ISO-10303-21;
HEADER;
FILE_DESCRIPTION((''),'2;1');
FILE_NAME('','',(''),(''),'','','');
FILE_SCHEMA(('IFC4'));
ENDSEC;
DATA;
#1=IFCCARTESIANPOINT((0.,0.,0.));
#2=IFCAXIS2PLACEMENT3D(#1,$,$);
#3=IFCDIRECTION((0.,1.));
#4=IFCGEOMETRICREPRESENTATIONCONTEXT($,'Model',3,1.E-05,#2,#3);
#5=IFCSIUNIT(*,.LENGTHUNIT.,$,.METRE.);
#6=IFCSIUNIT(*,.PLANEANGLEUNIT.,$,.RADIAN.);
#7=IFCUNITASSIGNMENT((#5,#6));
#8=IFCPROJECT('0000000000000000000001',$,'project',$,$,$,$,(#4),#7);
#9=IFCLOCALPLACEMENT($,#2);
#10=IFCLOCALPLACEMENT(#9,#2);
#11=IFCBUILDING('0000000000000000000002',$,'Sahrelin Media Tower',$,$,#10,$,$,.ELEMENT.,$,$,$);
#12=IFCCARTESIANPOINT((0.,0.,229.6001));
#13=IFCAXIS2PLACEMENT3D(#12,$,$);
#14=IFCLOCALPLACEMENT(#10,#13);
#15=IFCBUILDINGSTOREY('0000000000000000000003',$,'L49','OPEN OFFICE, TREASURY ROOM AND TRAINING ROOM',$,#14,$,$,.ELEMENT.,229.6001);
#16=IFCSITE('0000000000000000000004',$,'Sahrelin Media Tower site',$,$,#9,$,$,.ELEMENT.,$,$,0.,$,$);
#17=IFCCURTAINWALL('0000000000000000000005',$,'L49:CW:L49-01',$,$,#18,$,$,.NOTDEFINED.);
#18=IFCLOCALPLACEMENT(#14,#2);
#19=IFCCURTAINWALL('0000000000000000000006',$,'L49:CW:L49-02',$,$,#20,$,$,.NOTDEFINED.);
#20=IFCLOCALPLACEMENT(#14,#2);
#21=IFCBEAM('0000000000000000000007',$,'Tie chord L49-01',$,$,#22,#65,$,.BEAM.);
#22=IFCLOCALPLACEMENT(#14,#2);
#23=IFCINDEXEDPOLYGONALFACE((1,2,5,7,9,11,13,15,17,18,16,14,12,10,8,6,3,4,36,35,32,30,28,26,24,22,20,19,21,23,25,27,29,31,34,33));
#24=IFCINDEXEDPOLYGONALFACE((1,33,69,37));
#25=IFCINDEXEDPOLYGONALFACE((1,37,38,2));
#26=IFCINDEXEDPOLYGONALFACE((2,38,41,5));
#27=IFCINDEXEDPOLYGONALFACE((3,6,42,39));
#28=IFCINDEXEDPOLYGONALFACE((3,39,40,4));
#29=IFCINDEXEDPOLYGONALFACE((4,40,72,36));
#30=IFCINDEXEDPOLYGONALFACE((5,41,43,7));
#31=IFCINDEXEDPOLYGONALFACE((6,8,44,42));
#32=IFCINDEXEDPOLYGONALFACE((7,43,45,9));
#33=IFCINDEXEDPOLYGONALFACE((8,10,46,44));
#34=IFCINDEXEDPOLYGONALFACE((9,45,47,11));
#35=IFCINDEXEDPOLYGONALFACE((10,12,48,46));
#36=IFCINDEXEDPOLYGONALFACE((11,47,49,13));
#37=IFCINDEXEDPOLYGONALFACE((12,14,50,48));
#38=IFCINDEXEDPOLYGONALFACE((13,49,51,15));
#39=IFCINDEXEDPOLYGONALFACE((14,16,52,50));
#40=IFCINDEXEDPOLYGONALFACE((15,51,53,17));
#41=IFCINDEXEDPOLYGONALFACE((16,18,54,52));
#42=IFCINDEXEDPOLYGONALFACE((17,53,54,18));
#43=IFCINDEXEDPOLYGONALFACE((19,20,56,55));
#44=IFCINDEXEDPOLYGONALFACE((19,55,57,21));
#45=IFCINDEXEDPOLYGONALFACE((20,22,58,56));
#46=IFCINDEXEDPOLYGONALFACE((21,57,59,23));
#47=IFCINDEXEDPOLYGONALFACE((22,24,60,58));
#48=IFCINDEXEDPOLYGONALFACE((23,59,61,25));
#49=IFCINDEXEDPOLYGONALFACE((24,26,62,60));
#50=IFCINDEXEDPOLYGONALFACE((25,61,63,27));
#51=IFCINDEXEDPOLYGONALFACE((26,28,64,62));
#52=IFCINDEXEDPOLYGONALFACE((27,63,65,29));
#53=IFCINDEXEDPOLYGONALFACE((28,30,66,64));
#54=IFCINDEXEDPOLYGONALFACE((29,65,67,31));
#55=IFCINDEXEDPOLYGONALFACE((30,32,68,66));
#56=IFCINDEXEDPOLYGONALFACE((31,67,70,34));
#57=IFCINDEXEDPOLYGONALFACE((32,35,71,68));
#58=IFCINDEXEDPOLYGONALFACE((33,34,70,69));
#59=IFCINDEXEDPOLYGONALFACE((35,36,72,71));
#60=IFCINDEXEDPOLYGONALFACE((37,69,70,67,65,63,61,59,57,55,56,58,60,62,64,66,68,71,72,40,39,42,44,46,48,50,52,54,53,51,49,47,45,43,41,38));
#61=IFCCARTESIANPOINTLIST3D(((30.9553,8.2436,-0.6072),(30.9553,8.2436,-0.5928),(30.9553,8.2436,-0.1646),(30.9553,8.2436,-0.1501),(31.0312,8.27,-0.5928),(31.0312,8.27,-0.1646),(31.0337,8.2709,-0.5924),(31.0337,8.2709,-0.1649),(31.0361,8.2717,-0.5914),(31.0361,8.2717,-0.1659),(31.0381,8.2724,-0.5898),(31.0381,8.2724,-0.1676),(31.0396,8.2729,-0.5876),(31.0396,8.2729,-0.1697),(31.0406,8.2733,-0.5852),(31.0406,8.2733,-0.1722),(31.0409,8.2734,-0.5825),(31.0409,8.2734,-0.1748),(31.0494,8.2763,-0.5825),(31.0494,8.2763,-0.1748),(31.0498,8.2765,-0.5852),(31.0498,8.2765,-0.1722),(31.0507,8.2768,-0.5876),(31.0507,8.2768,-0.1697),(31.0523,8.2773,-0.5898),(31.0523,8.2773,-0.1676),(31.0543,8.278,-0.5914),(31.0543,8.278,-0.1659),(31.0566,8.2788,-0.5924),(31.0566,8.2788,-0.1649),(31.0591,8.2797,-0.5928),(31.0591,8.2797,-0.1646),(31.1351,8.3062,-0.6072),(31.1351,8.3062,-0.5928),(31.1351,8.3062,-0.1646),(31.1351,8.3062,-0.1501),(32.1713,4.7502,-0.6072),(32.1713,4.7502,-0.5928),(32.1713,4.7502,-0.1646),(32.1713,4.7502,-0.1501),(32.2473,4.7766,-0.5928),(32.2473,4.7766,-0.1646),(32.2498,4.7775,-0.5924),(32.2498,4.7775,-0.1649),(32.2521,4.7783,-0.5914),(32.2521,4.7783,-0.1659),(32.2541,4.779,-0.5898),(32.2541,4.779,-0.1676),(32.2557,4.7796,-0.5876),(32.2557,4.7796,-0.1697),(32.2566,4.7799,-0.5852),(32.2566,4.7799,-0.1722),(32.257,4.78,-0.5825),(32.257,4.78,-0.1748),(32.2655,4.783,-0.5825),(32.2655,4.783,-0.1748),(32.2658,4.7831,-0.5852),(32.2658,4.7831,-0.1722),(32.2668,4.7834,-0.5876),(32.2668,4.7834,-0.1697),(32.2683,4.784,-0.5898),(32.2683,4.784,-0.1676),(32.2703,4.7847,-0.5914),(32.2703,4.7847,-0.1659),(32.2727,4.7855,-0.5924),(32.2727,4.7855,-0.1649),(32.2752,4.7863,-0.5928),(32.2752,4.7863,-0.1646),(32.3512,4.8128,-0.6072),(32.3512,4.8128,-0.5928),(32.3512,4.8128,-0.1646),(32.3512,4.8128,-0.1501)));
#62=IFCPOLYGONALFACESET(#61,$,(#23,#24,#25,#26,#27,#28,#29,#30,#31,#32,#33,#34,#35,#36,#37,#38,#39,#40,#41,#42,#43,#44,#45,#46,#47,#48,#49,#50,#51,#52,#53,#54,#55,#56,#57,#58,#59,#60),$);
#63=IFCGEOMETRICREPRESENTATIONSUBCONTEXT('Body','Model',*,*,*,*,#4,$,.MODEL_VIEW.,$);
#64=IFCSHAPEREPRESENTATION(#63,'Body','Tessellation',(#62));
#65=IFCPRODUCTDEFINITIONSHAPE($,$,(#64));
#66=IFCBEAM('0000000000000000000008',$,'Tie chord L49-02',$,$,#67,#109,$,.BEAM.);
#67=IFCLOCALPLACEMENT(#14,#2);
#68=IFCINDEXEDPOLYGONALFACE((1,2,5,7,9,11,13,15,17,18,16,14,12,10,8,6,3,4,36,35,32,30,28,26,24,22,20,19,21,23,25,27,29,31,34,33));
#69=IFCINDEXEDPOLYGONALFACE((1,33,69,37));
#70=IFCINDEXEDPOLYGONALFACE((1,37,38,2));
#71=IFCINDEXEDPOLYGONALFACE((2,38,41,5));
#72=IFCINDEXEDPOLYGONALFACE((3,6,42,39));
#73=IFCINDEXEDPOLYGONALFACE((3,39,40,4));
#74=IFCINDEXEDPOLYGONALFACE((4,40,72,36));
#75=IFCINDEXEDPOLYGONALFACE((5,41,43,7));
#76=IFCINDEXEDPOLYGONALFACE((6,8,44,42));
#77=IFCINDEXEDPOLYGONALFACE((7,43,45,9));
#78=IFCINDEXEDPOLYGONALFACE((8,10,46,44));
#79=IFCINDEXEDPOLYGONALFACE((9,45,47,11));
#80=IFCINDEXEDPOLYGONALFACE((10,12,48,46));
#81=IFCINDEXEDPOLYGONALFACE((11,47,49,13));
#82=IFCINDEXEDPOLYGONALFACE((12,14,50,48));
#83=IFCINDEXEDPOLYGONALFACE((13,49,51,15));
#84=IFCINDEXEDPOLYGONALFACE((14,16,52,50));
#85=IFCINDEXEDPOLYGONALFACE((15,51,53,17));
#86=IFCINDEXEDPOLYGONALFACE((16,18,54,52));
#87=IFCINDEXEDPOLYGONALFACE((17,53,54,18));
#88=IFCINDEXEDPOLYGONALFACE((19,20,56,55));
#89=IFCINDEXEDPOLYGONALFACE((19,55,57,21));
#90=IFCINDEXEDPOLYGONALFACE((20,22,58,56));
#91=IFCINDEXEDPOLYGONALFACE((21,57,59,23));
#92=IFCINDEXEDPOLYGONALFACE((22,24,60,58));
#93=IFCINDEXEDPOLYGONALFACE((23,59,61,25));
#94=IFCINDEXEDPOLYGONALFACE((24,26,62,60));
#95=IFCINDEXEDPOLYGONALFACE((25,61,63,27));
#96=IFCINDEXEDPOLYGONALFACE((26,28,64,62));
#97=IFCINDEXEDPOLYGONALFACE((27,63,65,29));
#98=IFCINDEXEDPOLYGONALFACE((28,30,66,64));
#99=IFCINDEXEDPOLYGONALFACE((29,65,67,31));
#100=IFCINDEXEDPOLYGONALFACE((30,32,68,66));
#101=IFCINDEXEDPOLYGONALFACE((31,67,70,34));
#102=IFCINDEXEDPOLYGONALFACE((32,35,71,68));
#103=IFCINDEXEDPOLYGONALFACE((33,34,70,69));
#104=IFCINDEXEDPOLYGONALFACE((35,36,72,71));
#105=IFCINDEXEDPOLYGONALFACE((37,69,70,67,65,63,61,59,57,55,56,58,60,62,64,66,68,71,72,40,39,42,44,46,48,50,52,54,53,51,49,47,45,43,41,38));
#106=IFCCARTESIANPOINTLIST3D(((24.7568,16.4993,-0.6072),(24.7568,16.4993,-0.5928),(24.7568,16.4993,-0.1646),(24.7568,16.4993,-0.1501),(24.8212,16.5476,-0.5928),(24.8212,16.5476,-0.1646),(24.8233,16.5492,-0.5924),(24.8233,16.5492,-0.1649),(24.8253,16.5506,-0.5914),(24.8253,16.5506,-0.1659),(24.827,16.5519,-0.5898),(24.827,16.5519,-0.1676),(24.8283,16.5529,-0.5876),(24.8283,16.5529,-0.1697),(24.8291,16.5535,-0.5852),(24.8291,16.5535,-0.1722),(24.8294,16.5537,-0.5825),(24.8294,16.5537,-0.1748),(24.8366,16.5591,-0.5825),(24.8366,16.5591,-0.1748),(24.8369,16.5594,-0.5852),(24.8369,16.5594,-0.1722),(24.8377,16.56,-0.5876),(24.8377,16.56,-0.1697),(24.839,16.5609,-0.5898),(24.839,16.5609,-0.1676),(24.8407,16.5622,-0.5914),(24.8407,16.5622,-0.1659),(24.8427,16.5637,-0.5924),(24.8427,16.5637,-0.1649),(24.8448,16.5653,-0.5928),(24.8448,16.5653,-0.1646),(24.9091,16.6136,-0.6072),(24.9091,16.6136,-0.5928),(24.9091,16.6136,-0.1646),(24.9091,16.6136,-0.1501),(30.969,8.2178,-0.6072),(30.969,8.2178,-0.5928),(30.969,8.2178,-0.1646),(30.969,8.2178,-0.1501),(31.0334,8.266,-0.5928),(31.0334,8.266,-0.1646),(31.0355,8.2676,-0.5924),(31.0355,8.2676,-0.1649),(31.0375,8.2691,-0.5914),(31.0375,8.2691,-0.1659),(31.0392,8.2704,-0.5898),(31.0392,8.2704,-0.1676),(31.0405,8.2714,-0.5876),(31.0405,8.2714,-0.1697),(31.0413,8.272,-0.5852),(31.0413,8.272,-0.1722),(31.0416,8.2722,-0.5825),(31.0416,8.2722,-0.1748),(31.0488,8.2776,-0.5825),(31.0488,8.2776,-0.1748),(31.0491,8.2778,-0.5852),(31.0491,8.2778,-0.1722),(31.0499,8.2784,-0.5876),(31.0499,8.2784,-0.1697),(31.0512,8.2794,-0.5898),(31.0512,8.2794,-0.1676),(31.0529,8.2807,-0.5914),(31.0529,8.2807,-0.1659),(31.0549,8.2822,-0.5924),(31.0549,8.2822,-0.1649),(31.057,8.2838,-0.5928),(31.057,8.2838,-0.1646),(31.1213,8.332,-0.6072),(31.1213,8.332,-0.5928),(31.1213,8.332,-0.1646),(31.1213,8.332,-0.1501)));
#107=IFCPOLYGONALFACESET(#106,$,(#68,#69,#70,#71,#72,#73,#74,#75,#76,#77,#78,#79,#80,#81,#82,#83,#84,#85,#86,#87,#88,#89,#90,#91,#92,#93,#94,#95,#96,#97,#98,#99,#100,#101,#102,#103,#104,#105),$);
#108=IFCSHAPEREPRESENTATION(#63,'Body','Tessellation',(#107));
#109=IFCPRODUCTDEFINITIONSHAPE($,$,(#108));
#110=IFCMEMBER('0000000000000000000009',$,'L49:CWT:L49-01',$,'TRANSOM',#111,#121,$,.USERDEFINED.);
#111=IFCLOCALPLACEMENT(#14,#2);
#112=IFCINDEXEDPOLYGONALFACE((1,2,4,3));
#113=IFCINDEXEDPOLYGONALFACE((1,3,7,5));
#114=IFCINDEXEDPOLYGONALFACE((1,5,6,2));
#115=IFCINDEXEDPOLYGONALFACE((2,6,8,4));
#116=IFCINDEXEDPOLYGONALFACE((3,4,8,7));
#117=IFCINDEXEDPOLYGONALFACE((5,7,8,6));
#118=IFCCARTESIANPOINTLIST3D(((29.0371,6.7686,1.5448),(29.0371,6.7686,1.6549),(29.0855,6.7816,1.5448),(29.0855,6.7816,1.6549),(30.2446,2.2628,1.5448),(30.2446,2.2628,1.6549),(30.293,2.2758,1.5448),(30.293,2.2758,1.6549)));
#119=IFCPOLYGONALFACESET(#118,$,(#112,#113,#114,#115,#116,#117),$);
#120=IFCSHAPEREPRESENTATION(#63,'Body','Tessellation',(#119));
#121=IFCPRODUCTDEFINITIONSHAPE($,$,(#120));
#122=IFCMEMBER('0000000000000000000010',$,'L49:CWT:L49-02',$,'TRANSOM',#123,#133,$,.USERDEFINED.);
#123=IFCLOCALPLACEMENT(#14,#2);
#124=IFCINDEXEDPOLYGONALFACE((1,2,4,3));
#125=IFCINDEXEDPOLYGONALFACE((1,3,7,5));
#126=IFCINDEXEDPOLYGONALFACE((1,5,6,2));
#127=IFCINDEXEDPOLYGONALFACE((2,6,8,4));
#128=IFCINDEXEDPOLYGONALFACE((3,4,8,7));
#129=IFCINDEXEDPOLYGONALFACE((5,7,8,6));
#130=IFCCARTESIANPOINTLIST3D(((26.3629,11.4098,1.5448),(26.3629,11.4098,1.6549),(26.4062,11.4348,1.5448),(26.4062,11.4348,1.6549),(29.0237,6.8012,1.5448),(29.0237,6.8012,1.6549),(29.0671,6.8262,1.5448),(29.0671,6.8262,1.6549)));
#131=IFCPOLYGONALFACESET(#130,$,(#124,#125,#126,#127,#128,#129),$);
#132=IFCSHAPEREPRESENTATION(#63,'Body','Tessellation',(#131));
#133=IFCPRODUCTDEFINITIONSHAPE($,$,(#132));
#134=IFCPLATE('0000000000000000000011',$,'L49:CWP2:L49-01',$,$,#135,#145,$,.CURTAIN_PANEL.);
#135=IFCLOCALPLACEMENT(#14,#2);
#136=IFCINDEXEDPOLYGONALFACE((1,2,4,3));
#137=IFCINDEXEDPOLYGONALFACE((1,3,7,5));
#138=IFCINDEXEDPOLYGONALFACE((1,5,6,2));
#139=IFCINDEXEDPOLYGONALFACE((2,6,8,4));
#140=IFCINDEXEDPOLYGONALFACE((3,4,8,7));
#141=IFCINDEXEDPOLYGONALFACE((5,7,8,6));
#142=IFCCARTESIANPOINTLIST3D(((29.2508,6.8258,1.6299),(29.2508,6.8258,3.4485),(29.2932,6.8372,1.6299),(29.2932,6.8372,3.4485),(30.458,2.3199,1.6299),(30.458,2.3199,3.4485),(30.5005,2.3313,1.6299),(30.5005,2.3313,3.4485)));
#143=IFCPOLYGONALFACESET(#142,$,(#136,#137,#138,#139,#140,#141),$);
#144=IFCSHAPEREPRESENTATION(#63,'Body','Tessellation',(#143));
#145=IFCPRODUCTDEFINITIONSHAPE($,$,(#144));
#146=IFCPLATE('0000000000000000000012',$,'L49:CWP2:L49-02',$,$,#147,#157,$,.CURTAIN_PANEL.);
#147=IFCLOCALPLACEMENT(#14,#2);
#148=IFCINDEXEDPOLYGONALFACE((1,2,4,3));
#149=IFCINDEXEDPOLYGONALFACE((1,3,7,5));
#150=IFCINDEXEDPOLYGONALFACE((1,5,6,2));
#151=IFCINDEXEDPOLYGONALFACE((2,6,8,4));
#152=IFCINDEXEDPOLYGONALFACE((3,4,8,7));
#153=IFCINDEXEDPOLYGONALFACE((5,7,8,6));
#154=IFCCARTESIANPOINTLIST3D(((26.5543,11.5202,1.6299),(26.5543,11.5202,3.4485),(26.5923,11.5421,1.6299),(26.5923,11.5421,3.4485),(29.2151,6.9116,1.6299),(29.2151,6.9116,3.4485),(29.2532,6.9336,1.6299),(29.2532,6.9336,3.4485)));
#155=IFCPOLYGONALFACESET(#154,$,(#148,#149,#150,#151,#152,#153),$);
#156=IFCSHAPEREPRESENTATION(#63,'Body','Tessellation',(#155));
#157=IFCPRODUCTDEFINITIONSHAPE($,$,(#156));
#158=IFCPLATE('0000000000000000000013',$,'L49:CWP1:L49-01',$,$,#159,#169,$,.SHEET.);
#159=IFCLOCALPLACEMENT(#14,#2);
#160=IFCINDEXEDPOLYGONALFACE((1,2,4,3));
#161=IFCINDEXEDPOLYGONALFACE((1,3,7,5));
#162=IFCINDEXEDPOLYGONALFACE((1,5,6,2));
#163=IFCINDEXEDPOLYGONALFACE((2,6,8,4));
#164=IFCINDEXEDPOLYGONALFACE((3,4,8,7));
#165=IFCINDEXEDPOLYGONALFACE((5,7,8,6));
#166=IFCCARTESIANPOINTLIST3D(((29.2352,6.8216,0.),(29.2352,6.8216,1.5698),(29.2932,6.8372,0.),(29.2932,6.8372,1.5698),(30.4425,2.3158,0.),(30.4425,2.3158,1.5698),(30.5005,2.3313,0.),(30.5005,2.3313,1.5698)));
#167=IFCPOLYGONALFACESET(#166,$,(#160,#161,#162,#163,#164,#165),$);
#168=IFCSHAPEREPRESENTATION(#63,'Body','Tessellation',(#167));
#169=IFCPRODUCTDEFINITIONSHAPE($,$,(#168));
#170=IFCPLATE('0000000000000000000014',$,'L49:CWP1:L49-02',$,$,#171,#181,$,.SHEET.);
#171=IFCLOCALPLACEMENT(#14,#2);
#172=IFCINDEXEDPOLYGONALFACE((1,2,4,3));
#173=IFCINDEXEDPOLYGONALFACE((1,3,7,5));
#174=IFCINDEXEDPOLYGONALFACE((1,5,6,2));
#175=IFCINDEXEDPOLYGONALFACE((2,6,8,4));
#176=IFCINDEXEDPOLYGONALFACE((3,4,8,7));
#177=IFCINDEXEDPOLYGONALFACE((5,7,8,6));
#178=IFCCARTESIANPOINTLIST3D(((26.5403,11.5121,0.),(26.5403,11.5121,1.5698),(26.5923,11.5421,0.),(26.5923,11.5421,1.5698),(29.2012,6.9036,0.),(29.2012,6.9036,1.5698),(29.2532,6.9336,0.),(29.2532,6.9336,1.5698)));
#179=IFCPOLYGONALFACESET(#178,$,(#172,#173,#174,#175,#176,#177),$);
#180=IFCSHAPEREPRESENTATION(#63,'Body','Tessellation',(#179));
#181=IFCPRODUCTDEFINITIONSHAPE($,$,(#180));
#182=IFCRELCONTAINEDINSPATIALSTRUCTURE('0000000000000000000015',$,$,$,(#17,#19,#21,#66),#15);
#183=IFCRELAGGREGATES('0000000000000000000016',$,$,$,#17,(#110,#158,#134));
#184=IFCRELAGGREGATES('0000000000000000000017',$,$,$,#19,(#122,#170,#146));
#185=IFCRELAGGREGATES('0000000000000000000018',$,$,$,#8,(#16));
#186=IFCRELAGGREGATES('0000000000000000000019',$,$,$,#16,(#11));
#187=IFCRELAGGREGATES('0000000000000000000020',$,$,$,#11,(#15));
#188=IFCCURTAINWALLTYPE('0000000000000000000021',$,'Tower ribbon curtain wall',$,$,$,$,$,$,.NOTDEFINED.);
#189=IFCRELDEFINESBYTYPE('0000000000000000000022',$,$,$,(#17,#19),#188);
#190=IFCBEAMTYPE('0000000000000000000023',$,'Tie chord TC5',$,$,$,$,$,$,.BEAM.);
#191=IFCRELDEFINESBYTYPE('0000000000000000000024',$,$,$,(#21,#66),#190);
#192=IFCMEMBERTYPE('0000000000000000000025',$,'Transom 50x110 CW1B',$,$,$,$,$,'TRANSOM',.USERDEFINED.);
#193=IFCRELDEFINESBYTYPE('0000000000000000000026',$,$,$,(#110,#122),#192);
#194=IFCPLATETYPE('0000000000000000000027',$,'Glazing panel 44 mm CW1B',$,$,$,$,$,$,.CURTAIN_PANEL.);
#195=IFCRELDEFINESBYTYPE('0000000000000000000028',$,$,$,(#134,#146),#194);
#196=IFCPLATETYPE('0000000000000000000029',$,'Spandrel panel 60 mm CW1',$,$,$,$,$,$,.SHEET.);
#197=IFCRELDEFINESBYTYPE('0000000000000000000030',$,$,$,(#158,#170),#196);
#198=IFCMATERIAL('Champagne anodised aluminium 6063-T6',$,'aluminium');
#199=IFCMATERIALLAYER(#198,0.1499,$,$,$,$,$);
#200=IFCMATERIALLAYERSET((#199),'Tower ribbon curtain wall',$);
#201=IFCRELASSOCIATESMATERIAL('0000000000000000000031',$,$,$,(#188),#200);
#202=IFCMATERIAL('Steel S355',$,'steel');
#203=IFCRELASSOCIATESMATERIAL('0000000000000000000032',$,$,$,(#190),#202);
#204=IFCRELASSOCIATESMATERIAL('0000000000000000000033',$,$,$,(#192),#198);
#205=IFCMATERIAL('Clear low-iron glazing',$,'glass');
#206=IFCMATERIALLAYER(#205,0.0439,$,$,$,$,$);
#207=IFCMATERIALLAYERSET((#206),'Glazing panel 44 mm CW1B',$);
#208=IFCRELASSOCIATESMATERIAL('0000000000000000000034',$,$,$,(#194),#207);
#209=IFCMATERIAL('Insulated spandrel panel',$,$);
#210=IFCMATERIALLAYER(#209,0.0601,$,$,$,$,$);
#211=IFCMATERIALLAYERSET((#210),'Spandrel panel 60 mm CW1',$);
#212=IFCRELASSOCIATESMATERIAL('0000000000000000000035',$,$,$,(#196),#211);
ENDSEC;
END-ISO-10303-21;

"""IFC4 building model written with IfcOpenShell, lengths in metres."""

from ifc_helpers import new_model, si_unit, direction, frame, origin, origin_2d, place, context, subcontext, project, spatial, polyline, rectangle, i_section, outline, extrude, material, layer, layer_set, material_profile, profile_set, type_object, element, aggregate, save


model = new_model("IFC4")

# Units and contexts
model_context = context("Model", 3, precision=1e-05, world=origin(), true_north=direction((0.0, 1.0)))
body_context = subcontext(model_context, "Body", "Model", "MODEL_VIEW")
ifc_project = project(units=[si_unit("LENGTHUNIT", "METRE"), si_unit("PLANEANGLEUNIT", "RADIAN")], contexts=[model_context])

# Site, building, storey
site_placement = place(None, origin())
site = spatial("IfcSite", under=ifc_project, at=site_placement, Name="Sahrelin Media Tower site", CompositionType="ELEMENT", RefElevation=0.0)
building_placement = place(site_placement, origin())
building = spatial("IfcBuilding", under=site, at=building_placement, Name="Sahrelin Media Tower", CompositionType="ELEMENT")
storey_placement = place(building_placement, frame((0.0, 0.0, 229.6001)))
storey = spatial("IfcBuildingStorey", under=building, at=storey_placement, Name="L49", Description="OPEN OFFICE, TREASURY ROOM AND TRAINING ROOM", CompositionType="ELEMENT", Elevation=229.6001)

# Shared definitions
ifc_material_1 = material(Name="Steel S355", Category="steel")

# Curtain walls
ifc_material_2 = material(Name="Champagne anodised aluminium 6063-T6", Category="aluminium")
ifc_layer_1 = layer(ifc_material_2, 0.1499)
ifc_layer_set_1 = layer_set([ifc_layer_1], Name="Tower ribbon curtain wall")
curtain_wall_type = type_object("IfcCurtainWallType", Name="Tower ribbon curtain wall", PredefinedType="NOTDEFINED", material=ifc_layer_set_1)
curtain_wall_1_placement = place(storey_placement, frame((29.8774, 4.5791, 0.0), z_axis=(0.0, 0.0, 1.0), x_axis=(1.0, 0.0, 0.0)))
curtain_wall_1 = element("IfcCurtainWall", 1, at=curtain_wall_1_placement, inside=storey, type_object=curtain_wall_type, Name="L49:CW:L49-01", PredefinedType="NOTDEFINED")
curtain_wall_2_placement = place(storey_placement, frame((27.9055, 9.228, 0.0), z_axis=(0.0, 0.0, 1.0), x_axis=(1.0, 0.0, 0.0)))
curtain_wall_2 = element("IfcCurtainWall", 2, at=curtain_wall_2_placement, inside=storey, type_object=curtain_wall_type, Name="L49:CW:L49-02", PredefinedType="NOTDEFINED")

# Beams
ifc_material_profile_1 = material_profile(ifc_material_1, i_section(OverallWidth=0.1904, OverallDepth=0.457, WebThickness=0.009, FlangeThickness=0.0144, FilletRadius=0.0103, at=origin_2d()), Name="UB 457x191x74")
ifc_profile_set_1 = profile_set([ifc_material_profile_1], Name="Steel S355")
beam_type_1 = type_object("IfcBeamType", Name="Tie chord TC5", PredefinedType="BEAM", material=ifc_profile_set_1)
beam_1_placement = place(storey_placement, frame((32.2612, 4.7815, -0.3787), z_axis=(-0.328754, 0.944416, 0.0), x_axis=(-0.944416, -0.328754, 0.0)))
element("IfcBeam", 3, at=beam_1_placement, inside=storey, type_object=beam_type_1, Name="Tie chord L49-01", PredefinedType="BEAM", context=body_context, shape_type="SweptSolid", body=[
    extrude(i_section(OverallWidth=0.1904, OverallDepth=0.457, WebThickness=0.009, FlangeThickness=0.0144, FilletRadius=0.0103, at=origin_2d()), origin(), (0.0, 0.0, 1.0), 3.699),
])
beam_2_placement = place(storey_placement, frame((31.0452, 8.2749, -0.3787), z_axis=(-0.600064, 0.799952, 0.0), x_axis=(-0.799952, -0.600064, 0.0)))
element("IfcBeam", 4, at=beam_2_placement, inside=storey, type_object=beam_type_1, Name="Tie chord L49-02", PredefinedType="BEAM", context=body_context, shape_type="SweptSolid", body=[
    extrude(i_section(OverallWidth=0.1904, OverallDepth=0.457, WebThickness=0.009, FlangeThickness=0.0144, FilletRadius=0.0103, at=origin_2d()), origin(), (0.0, 0.0, 1.0), 10.3525),
])

# Members
ifc_material_profile_2 = material_profile(ifc_material_2, rectangle(XDim=0.05, YDim=0.1101, at=origin_2d()), Name="Transom 50x110")
ifc_profile_set_2 = profile_set([ifc_material_profile_2], Name="Champagne anodised aluminium 6063-T6")
member_type_1 = type_object("IfcMemberType", Name="Transom 50x110 CW1B", ElementType="TRANSOM", PredefinedType="USERDEFINED", material=ifc_profile_set_2)
member_1_placement = place(storey_placement, frame((30.2688, 2.2693, 1.5999), z_axis=(-0.258855, 0.965916, 0.0), x_axis=(-0.965916, -0.258855, 0.0)))
member_1 = element("IfcMember", 5, at=member_1_placement, type_object=member_type_1, Name="L49:CWT:L49-01", ObjectType="TRANSOM", PredefinedType="USERDEFINED", context=body_context, shape_type="SweptSolid", body=[
    extrude(rectangle(XDim=0.05, YDim=0.1101, at=origin_2d()), origin(), (0.0, 0.0, 1.0), 4.6648),
])
member_2_placement = place(storey_placement, frame((29.0454, 6.8137, 1.5999), z_axis=(-0.500012, 0.866018, 0.0), x_axis=(-0.866018, -0.500012, 0.0)))
member_2 = element("IfcMember", 6, at=member_2_placement, type_object=member_type_1, Name="L49:CWT:L49-02", ObjectType="TRANSOM", PredefinedType="USERDEFINED", context=body_context, shape_type="SweptSolid", body=[
    extrude(rectangle(XDim=0.05, YDim=0.1101, at=origin_2d()), origin(), (0.0, 0.0, 1.0), 5.3215),
])

# Plates
ifc_material_3 = material(Name="Clear low-iron glazing", Category="glass")
ifc_layer_2 = layer(ifc_material_3, 0.0439)
ifc_layer_set_2 = layer_set([ifc_layer_2], Name="Glazing panel 44 mm CW1B")
plate_type_1 = type_object("IfcPlateType", Name="Glazing panel 44 mm CW1B", PredefinedType="CURTAIN_PANEL", material=ifc_layer_set_2)
plate_1_placement = place(storey_placement, frame((30.5005, 2.3313, 1.6299), z_axis=(0.965929, 0.258806, 0.0), x_axis=(-0.258806, 0.965929, 0.0)))
plate_1 = element("IfcPlate", 7, at=plate_1_placement, type_object=plate_type_1, Name="L49:CWP2:L49-01", PredefinedType="CURTAIN_PANEL", context=body_context, shape_type="SweptSolid", body=[
    extrude(outline(polyline([(0.0, 0.0), (4.6648, 0.0), (4.6648, 1.8186), (0.0, 1.8186), (0.0, 0.0)])), origin(), (0.0, 0.0, -1.0), 0.0439),
])
plate_2_placement = place(storey_placement, frame((29.2532, 6.9336, 1.6299), z_axis=(0.866018, 0.500012, 0.0), x_axis=(-0.500012, 0.866018, 0.0)))
plate_2 = element("IfcPlate", 8, at=plate_2_placement, type_object=plate_type_1, Name="L49:CWP2:L49-02", PredefinedType="CURTAIN_PANEL", context=body_context, shape_type="SweptSolid", body=[
    extrude(outline(polyline([(0.0, 0.0), (5.3215, 0.0), (5.3215, 1.8186), (0.0, 1.8186), (0.0, 0.0)])), origin(), (0.0, 0.0, -1.0), 0.0439),
])
ifc_material_4 = material(Name="Insulated spandrel panel")
ifc_layer_3 = layer(ifc_material_4, 0.0601)
ifc_layer_set_3 = layer_set([ifc_layer_3], Name="Spandrel panel 60 mm CW1")
plate_type_2 = type_object("IfcPlateType", Name="Spandrel panel 60 mm CW1", PredefinedType="SHEET", material=ifc_layer_set_3)
plate_3_placement = place(storey_placement, frame((30.5005, 2.3313, 0.0), z_axis=(0.965929, 0.258806, 0.0), x_axis=(-0.258806, 0.965929, 0.0)))
plate_3 = element("IfcPlate", 9, at=plate_3_placement, type_object=plate_type_2, Name="L49:CWP1:L49-01", PredefinedType="SHEET", context=body_context, shape_type="SweptSolid", body=[
    extrude(outline(polyline([(0.0, 0.0), (4.6648, 0.0), (4.6648, 1.5698), (0.0, 1.5698), (0.0, 0.0)])), origin(), (0.0, 0.0, -1.0), 0.0601),
])
aggregate(curtain_wall_1, [member_1, plate_3, plate_1])
plate_4_placement = place(storey_placement, frame((29.2532, 6.9336, 0.0), z_axis=(0.866018, 0.500012, 0.0), x_axis=(-0.500012, 0.866018, 0.0)))
plate_4 = element("IfcPlate", 10, at=plate_4_placement, type_object=plate_type_2, Name="L49:CWP1:L49-02", PredefinedType="SHEET", context=body_context, shape_type="SweptSolid", body=[
    extrude(outline(polyline([(0.0, 0.0), (5.3215, 0.0), (5.3215, 1.5698), (0.0, 1.5698), (0.0, 0.0)])), origin(), (0.0, 0.0, -1.0), 0.0601),
])
aggregate(curtain_wall_2, [member_2, plate_4, plate_2])

save(model, "model.ifc")
